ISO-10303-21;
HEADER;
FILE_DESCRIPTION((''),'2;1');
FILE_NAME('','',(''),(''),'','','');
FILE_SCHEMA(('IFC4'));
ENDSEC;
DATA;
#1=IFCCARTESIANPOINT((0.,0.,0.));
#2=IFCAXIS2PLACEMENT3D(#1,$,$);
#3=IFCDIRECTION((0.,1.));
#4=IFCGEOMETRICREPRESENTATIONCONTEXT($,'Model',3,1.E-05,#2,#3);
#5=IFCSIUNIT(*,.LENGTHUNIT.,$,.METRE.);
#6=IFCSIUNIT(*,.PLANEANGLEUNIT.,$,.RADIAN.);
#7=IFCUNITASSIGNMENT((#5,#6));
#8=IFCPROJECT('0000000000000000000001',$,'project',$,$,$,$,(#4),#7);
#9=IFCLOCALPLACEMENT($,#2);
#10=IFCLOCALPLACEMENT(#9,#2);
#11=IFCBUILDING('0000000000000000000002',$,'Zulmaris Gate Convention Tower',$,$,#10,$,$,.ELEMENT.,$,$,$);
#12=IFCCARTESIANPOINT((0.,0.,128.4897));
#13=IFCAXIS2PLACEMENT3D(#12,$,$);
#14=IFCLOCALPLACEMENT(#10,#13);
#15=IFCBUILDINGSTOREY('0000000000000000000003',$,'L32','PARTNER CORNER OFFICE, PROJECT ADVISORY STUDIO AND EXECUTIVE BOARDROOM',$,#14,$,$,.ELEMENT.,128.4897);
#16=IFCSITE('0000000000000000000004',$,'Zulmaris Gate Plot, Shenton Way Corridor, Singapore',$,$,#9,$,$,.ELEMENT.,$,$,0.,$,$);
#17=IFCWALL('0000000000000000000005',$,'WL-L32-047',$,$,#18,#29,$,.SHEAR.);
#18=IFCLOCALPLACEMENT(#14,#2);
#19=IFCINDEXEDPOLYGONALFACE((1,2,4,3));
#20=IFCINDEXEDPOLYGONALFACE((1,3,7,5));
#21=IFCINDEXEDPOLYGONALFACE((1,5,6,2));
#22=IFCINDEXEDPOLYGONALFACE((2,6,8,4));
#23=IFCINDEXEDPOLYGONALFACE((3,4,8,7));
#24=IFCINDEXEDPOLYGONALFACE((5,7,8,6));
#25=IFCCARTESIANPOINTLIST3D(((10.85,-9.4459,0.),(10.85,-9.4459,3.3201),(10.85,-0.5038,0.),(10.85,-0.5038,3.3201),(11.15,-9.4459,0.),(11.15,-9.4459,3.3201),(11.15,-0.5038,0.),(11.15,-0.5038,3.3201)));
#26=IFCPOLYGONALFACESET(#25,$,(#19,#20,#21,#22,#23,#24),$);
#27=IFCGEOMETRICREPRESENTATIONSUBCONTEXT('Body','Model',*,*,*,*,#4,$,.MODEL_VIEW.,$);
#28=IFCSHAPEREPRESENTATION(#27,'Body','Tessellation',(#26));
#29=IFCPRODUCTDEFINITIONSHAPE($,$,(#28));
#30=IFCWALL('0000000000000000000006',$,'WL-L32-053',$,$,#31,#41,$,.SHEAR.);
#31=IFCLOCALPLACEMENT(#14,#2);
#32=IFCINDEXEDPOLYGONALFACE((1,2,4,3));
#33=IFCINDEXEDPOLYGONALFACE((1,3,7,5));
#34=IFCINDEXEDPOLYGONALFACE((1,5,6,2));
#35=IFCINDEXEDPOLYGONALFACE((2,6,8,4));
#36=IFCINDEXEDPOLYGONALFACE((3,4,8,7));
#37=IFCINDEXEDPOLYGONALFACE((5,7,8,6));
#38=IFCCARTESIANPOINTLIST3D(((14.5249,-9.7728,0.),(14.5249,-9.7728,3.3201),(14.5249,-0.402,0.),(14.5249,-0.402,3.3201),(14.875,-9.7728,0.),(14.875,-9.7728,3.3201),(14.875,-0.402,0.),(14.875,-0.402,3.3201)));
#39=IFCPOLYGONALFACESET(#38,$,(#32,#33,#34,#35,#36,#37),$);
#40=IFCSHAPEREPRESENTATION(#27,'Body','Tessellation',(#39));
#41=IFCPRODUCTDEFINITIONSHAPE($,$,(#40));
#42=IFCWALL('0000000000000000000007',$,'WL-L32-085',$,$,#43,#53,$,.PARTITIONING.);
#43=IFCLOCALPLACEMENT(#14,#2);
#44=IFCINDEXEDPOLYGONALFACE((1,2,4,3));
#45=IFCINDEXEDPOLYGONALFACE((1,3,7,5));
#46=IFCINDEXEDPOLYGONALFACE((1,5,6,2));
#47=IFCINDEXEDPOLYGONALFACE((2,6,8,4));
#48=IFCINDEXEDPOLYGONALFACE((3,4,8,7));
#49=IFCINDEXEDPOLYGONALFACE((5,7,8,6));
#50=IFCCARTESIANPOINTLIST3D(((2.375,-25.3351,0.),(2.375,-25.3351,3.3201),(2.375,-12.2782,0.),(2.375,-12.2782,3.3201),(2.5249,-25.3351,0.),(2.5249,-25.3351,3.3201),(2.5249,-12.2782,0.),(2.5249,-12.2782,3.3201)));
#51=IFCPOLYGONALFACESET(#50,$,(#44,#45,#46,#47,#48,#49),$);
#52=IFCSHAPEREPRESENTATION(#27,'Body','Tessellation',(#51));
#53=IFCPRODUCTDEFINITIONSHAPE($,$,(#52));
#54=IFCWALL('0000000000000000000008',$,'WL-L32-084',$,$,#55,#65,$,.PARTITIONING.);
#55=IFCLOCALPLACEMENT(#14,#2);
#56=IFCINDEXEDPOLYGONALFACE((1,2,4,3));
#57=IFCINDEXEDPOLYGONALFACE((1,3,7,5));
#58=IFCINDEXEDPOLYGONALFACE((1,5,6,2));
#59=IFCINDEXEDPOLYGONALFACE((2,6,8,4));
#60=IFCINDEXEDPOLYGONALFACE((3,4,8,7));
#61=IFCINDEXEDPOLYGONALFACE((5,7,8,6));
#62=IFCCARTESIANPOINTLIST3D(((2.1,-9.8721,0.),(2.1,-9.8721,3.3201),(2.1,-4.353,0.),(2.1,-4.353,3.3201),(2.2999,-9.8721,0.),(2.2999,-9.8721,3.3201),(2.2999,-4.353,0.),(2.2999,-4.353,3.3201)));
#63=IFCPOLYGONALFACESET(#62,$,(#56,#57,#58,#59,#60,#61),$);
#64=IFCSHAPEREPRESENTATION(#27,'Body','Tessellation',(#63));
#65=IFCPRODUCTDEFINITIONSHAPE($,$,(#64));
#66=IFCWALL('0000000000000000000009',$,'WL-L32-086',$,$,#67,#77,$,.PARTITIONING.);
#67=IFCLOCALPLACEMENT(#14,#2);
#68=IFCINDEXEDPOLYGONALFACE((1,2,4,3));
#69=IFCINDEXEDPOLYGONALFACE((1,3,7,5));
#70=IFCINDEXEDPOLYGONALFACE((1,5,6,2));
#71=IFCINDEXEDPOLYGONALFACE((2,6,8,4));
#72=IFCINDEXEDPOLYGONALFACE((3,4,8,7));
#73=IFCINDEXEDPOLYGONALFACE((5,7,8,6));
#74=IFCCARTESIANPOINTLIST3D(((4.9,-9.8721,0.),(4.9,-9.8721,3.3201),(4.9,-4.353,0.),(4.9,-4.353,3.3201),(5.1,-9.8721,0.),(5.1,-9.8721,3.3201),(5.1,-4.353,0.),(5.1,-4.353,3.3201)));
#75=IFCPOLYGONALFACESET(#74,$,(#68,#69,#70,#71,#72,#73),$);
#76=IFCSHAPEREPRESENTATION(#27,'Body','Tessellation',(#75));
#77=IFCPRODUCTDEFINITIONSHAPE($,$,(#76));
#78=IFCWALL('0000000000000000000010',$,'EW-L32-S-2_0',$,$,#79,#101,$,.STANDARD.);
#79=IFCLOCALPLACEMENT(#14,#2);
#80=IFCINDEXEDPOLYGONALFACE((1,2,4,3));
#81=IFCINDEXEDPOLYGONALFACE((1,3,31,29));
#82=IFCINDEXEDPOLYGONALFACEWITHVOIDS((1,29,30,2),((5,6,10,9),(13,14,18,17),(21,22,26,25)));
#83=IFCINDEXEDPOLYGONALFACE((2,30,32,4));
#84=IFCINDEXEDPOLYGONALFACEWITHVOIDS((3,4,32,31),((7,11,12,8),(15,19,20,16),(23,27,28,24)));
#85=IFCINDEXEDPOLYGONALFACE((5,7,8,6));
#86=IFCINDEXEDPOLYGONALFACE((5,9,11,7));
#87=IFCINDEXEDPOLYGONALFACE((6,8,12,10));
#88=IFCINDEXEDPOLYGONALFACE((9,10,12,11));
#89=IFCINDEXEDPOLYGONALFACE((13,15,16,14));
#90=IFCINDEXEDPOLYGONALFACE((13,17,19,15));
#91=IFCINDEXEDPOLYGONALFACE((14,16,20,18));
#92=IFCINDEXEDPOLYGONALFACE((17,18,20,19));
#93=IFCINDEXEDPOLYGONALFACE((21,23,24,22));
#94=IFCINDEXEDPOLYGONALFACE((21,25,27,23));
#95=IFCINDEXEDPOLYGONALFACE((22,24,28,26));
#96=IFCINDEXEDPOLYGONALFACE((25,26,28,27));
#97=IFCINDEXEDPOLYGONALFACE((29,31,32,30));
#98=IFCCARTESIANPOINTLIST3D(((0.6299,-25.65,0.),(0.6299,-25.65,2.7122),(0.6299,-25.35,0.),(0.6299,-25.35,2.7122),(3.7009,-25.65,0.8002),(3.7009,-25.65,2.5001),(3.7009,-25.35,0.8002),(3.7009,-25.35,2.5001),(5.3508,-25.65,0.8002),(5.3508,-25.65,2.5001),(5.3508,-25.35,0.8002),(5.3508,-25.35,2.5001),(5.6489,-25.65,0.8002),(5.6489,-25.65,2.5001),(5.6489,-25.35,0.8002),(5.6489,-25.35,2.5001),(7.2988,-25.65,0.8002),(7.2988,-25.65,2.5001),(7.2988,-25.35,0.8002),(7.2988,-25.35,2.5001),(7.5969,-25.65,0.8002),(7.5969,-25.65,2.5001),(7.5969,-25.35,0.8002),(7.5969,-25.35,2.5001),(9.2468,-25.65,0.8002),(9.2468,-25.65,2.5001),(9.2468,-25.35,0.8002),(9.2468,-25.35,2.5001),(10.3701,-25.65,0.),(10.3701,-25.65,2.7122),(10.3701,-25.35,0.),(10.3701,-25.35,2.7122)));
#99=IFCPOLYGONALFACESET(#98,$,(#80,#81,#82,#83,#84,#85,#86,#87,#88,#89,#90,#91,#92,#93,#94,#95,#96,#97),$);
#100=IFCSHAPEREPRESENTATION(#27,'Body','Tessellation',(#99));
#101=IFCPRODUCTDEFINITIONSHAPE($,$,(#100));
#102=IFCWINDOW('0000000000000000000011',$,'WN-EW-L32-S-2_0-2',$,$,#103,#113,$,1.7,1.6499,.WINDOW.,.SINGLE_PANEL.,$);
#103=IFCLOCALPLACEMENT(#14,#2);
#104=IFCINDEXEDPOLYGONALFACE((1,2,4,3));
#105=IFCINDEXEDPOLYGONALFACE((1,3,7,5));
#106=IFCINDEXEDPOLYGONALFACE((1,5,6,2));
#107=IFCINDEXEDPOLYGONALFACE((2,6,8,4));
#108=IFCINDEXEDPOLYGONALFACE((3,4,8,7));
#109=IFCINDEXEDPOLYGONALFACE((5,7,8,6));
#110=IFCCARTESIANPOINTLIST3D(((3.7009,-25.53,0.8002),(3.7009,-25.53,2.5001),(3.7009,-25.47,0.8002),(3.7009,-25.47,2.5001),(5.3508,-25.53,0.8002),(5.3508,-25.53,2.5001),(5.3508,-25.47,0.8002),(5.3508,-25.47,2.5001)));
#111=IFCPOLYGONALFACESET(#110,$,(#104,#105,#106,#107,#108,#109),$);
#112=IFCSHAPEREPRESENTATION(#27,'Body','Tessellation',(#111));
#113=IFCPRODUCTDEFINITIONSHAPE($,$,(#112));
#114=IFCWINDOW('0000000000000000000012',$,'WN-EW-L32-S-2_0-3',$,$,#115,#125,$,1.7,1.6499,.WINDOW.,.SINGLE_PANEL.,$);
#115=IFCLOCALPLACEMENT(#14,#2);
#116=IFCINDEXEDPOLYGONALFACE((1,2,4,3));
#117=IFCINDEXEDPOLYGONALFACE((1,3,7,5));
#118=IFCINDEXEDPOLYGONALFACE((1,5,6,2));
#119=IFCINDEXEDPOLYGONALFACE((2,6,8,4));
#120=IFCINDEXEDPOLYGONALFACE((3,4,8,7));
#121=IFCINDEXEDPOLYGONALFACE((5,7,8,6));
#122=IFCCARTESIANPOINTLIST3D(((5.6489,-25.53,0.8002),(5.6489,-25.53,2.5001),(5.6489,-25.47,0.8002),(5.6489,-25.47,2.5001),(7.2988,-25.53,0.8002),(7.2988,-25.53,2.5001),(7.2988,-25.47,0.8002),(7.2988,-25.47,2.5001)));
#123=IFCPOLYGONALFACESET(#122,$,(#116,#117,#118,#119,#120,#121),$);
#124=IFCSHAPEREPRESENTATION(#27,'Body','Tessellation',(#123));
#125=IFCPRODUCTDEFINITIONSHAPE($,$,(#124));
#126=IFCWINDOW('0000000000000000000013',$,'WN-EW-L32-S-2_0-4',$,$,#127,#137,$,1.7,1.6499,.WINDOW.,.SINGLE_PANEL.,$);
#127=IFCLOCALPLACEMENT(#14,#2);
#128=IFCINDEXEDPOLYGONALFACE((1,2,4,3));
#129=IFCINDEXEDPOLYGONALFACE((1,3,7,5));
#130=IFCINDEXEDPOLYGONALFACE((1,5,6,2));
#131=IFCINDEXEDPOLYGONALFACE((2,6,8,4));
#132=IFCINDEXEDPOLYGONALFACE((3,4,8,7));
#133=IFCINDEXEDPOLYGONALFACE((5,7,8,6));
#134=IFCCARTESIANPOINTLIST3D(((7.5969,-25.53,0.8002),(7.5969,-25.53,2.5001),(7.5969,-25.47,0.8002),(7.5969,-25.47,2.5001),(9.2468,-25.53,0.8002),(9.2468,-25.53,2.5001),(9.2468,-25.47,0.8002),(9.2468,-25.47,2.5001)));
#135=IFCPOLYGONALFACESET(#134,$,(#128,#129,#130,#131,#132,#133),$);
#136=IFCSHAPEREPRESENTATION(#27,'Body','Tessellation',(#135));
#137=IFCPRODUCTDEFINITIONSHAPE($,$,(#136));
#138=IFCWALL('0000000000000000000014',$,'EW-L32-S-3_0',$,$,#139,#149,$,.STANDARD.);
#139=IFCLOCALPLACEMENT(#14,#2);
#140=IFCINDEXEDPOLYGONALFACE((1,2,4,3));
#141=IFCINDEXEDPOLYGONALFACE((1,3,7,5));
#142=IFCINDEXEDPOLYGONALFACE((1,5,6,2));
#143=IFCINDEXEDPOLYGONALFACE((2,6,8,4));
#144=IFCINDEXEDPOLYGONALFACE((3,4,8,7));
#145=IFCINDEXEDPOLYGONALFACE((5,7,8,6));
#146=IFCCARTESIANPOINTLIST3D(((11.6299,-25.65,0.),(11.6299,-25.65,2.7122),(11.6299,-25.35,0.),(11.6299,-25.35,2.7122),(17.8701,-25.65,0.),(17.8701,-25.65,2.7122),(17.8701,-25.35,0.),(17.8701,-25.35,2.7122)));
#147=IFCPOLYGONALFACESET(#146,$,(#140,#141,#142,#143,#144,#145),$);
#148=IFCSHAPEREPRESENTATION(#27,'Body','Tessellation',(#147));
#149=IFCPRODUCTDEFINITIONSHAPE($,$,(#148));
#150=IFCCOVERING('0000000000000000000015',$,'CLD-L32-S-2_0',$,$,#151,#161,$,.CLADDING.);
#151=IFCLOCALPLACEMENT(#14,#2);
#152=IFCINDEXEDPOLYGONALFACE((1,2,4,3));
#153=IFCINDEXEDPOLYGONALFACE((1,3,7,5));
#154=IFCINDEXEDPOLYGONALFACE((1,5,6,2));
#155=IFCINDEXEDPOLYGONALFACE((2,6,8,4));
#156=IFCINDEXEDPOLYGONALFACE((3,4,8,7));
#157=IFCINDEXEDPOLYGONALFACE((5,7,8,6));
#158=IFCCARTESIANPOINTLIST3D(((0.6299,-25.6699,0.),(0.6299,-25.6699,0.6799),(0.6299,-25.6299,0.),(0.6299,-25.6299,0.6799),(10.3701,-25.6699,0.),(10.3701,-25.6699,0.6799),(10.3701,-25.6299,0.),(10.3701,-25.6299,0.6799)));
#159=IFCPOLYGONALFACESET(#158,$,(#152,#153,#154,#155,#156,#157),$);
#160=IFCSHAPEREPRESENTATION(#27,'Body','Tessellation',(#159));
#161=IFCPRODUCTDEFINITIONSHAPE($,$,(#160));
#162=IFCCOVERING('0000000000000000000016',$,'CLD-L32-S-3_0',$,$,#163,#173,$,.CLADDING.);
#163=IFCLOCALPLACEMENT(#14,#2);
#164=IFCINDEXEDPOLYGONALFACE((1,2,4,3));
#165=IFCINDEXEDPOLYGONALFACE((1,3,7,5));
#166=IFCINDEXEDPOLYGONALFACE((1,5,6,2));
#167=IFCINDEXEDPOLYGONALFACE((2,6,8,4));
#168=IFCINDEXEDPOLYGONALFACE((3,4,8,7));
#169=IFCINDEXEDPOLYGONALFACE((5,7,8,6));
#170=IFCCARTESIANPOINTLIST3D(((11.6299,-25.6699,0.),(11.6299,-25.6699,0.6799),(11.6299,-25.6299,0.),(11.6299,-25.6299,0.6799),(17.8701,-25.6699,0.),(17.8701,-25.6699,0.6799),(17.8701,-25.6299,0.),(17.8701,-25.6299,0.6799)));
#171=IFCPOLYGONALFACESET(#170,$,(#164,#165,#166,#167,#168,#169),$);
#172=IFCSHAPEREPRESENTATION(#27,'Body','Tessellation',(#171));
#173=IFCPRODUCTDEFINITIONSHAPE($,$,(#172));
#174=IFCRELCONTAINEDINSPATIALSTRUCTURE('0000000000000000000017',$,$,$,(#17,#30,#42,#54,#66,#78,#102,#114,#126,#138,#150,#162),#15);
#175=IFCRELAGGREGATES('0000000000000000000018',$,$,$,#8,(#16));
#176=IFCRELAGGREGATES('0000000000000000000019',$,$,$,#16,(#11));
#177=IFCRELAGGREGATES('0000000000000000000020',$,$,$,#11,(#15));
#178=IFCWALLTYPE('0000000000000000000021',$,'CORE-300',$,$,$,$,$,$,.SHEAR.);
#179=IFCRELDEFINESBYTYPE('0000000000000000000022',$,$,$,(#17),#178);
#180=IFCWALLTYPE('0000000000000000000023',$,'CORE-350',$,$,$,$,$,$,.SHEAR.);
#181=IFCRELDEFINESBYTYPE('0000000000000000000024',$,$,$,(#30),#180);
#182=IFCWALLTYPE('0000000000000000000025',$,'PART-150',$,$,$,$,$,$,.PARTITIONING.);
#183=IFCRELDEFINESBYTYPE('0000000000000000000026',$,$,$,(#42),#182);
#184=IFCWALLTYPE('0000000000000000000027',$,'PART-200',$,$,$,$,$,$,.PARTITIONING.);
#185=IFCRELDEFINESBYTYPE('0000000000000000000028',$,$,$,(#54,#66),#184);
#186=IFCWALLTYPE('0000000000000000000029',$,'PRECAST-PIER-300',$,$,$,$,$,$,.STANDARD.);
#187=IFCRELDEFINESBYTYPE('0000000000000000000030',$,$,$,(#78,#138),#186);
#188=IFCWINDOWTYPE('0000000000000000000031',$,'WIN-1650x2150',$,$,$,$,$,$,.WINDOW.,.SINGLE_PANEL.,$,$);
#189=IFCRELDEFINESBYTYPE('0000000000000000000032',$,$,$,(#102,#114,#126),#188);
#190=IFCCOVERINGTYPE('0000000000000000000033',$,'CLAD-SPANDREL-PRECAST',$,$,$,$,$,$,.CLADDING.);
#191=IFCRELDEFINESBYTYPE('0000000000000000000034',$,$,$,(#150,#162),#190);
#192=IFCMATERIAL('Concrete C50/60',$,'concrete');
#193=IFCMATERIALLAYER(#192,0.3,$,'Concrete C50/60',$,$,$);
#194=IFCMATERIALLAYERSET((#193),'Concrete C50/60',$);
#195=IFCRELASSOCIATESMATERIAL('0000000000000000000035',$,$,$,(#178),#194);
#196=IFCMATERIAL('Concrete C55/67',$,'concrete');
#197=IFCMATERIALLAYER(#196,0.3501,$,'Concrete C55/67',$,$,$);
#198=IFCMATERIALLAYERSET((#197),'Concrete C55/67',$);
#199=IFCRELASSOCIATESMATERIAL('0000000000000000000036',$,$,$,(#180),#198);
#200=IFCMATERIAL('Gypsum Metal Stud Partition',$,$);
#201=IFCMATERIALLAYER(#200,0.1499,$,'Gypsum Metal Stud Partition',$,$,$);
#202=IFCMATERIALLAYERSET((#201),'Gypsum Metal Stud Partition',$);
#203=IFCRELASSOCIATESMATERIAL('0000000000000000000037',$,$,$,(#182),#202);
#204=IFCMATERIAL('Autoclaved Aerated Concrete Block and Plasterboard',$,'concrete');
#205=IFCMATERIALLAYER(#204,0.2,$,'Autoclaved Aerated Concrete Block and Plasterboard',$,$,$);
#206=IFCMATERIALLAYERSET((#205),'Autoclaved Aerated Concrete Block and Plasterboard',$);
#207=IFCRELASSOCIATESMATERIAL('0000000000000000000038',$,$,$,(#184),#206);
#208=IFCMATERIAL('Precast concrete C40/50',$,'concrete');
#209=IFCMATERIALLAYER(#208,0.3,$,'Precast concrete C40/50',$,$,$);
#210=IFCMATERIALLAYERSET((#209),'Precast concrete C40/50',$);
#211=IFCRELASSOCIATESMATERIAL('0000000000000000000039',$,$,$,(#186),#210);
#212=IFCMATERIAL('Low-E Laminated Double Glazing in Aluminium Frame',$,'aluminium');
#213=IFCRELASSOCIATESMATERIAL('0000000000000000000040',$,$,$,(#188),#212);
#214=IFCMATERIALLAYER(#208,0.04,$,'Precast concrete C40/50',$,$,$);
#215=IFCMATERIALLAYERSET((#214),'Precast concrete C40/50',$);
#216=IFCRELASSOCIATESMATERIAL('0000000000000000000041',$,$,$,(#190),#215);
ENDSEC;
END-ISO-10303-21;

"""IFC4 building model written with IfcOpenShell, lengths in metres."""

from ifc_helpers import new_model, si_unit, direction, frame, frame_2d, origin, place, context, subcontext, project, spatial, rectangle, extrude, material, layer, layer_set, type_object, element, fill, save


model = new_model("IFC4")

# Units and contexts
model_context = context("Model", 3, precision=1e-05, world=origin(), true_north=direction((0.0, 1.0)))
body_context = subcontext(model_context, "Body", "Model", "MODEL_VIEW")
ifc_project = project(units=[si_unit("LENGTHUNIT", "METRE"), si_unit("PLANEANGLEUNIT", "RADIAN")], contexts=[model_context])

# Site, building, storey
site_placement = place(None, origin())
site = spatial("IfcSite", under=ifc_project, at=site_placement, Name="Zulmaris Gate Plot, Shenton Way Corridor, Singapore", CompositionType="ELEMENT", RefElevation=0.0)
building_placement = place(site_placement, origin())
building = spatial("IfcBuilding", under=site, at=building_placement, Name="Zulmaris Gate Convention Tower", CompositionType="ELEMENT")
storey_placement = place(building_placement, frame((0.0, 0.0, 128.4897)))
storey = spatial("IfcBuildingStorey", under=building, at=storey_placement, Name="L32", Description="PARTNER CORNER OFFICE, PROJECT ADVISORY STUDIO AND EXECUTIVE BOARDROOM", CompositionType="ELEMENT", Elevation=128.4897)

# Wall
ifc_material_1 = material(Name="Concrete C50/60", Category="concrete")
ifc_layer_1 = layer(ifc_material_1, 0.3, Name="Concrete C50/60")
ifc_layer_set_1 = layer_set([ifc_layer_1], Name="Concrete C50/60")
wall_type_1 = type_object("IfcWallType", Name="CORE-300", PredefinedType="SHEAR", material=ifc_layer_set_1)
wall_1_placement = place(storey_placement, frame((11.0, -9.446, 0.0), z_axis=(0.0, 0.0, 1.0), x_axis=(0.0, 1.0, 0.0)))
element("IfcWall", 1, at=wall_1_placement, inside=storey, type_object=wall_type_1, Name="WL-L32-047", PredefinedType="SHEAR", context=body_context, shape_type="SweptSolid", body=[
    extrude(rectangle(XDim=8.9421, YDim=0.3, at=frame_2d((4.4712, 0.0))), origin(), (0.0, 0.0, 1.0), 3.3201),
])

# Shared definitions
ifc_material_2 = material(Name="Concrete C55/67", Category="concrete")
ifc_layer_2 = layer(ifc_material_2, 0.3501, Name="Concrete C55/67")
ifc_layer_set_2 = layer_set([ifc_layer_2], Name="Concrete C55/67")
wall_type_2 = type_object("IfcWallType", Name="CORE-350", PredefinedType="SHEAR", material=ifc_layer_set_2)

# Walls
wall_2_placement = place(storey_placement, frame((14.7, -9.7729, 0.0), z_axis=(0.0, 0.0, 1.0), x_axis=(0.0, 1.0, 0.0)))
element("IfcWall", 2, at=wall_2_placement, inside=storey, type_object=wall_type_2, Name="WL-L32-053", PredefinedType="SHEAR", context=body_context, shape_type="SweptSolid", body=[
    extrude(rectangle(XDim=9.3708, YDim=0.3501, at=frame_2d((4.6855, 0.0))), origin(), (0.0, 0.0, 1.0), 3.3201),
])
ifc_material_3 = material(Name="Gypsum Metal Stud Partition")
ifc_layer_3 = layer(ifc_material_3, 0.1499, Name="Gypsum Metal Stud Partition")
ifc_layer_set_3 = layer_set([ifc_layer_3], Name="Gypsum Metal Stud Partition")
wall_type_3 = type_object("IfcWallType", Name="PART-150", PredefinedType="PARTITIONING", material=ifc_layer_set_3)
wall_3_placement = place(storey_placement, frame((2.45, -25.335, 0.0), z_axis=(0.0, 0.0, 1.0), x_axis=(0.0, 1.0, 0.0)))
element("IfcWall", 3, at=wall_3_placement, inside=storey, type_object=wall_type_3, Name="WL-L32-085", PredefinedType="PARTITIONING", context=body_context, shape_type="SweptSolid", body=[
    extrude(rectangle(XDim=13.0569, YDim=0.1499, at=frame_2d((6.5283, 0.0))), origin(), (0.0, 0.0, 1.0), 3.3201),
])
ifc_material_4 = material(Name="Autoclaved Aerated Concrete Block and Plasterboard", Category="concrete")
ifc_layer_4 = layer(ifc_material_4, 0.2, Name="Autoclaved Aerated Concrete Block and Plasterboard")
ifc_layer_set_4 = layer_set([ifc_layer_4], Name="Autoclaved Aerated Concrete Block and Plasterboard")
wall_type_4 = type_object("IfcWallType", Name="PART-200", PredefinedType="PARTITIONING", material=ifc_layer_set_4)
for number, where, z_axis, x_axis, name in (
    (4, (2.2, -9.8721, 0.0), (0.0, 0.0, 1.0), (0.0, 1.0, 0.0), "WL-L32-084"),
    (5, (5.0, -9.8721, 0.0), (0.0, 0.0, 1.0), (0.0, 1.0, 0.0), "WL-L32-086"),
):
    element("IfcWall", number, at=place(storey_placement, frame(where, z_axis=z_axis, x_axis=x_axis)), inside=storey, type_object=wall_type_4, Name=name, PredefinedType="PARTITIONING", context=body_context, shape_type="SweptSolid", body=[
        extrude(rectangle(XDim=5.519, YDim=0.2, at=frame_2d((2.7595, 0.0))), origin(), (0.0, 0.0, 1.0), 3.3201),
    ])

# Wall, openings, windows
ifc_material_5 = material(Name="Precast concrete C40/50", Category="concrete")
ifc_layer_5 = layer(ifc_material_5, 0.3, Name="Precast concrete C40/50")
ifc_layer_set_5 = layer_set([ifc_layer_5], Name="Precast concrete C40/50")
wall_type_5 = type_object("IfcWallType", Name="PRECAST-PIER-300", PredefinedType="STANDARD", material=ifc_layer_set_5)
wall_4_placement = place(storey_placement, frame((0.6299, -25.5, 0.0), z_axis=(0.0, 0.0, 1.0), x_axis=(1.0, 0.0, 0.0)))
wall_4 = element("IfcWall", 6, at=wall_4_placement, inside=storey, type_object=wall_type_5, Name="EW-L32-S-2_0", PredefinedType="STANDARD", context=body_context, shape_type="SweptSolid", body=[
    extrude(rectangle(XDim=9.7402, YDim=0.3, at=frame_2d((4.8701, 0.0))), origin(), (0.0, 0.0, 1.0), 2.7122),
])
opening_1_placement = place(wall_4_placement, frame((3.071, 0.0, 0.8)))
opening_1 = element("IfcOpeningElement", 7, at=opening_1_placement, cuts=wall_4, PredefinedType="OPENING", context=body_context, shape_type="SweptSolid", body=[
    extrude(rectangle(XDim=1.6499, YDim=1.7, at=frame_2d((0.825, 0.8501))), frame((0.0, 0.1602, 0.0), z_axis=(0.0, -1.0, 0.0), x_axis=(1.0, 0.0, 0.0)), (0.0, 0.0, 1.0), 0.3201),
])
opening_2_placement = place(wall_4_placement, frame((5.019, 0.0, 0.8)))
opening_2 = element("IfcOpeningElement", 8, at=opening_2_placement, cuts=wall_4, PredefinedType="OPENING", context=body_context, shape_type="SweptSolid", body=[
    extrude(rectangle(XDim=1.6499, YDim=1.7, at=frame_2d((0.825, 0.8501))), frame((0.0, 0.1602, 0.0), z_axis=(0.0, -1.0, 0.0), x_axis=(1.0, 0.0, 0.0)), (0.0, 0.0, 1.0), 0.3201),
])
opening_3_placement = place(wall_4_placement, frame((6.967, 0.0, 0.8)))
opening_3 = element("IfcOpeningElement", 9, at=opening_3_placement, cuts=wall_4, PredefinedType="OPENING", context=body_context, shape_type="SweptSolid", body=[
    extrude(rectangle(XDim=1.6499, YDim=1.7, at=frame_2d((0.825, 0.8501))), frame((0.0, 0.1602, 0.0), z_axis=(0.0, -1.0, 0.0), x_axis=(1.0, 0.0, 0.0)), (0.0, 0.0, 1.0), 0.3201),
])
ifc_material_6 = material(Name="Low-E Laminated Double Glazing in Aluminium Frame", Category="aluminium")
window_type = type_object("IfcWindowType", Name="WIN-1650x2150", PartitioningType="SINGLE_PANEL", PredefinedType="WINDOW", material=ifc_material_6)
window_1_placement = place(opening_1_placement, origin())
window_1 = element("IfcWindow", 10, at=window_1_placement, inside=storey, type_object=window_type, Name="WN-EW-L32-S-2_0-2", OverallHeight=1.7, OverallWidth=1.6499, PartitioningType="SINGLE_PANEL", PredefinedType="WINDOW", context=body_context, shape_type="SweptSolid", body=[
    extrude(rectangle(XDim=1.6499, YDim=1.7, at=frame_2d((0.825, 0.8501))), frame((0.0, 0.03, 0.0), z_axis=(0.0, -1.0, 0.0), x_axis=(1.0, 0.0, 0.0)), (0.0, 0.0, 1.0), 0.0601),
])
fill(opening_1, window_1)
window_2_placement = place(opening_2_placement, origin())
window_2 = element("IfcWindow", 11, at=window_2_placement, inside=storey, type_object=window_type, Name="WN-EW-L32-S-2_0-3", OverallHeight=1.7, OverallWidth=1.6499, PartitioningType="SINGLE_PANEL", PredefinedType="WINDOW", context=body_context, shape_type="SweptSolid", body=[
    extrude(rectangle(XDim=1.6499, YDim=1.7, at=frame_2d((0.825, 0.8501))), frame((0.0, 0.03, 0.0), z_axis=(0.0, -1.0, 0.0), x_axis=(1.0, 0.0, 0.0)), (0.0, 0.0, 1.0), 0.0601),
])
fill(opening_2, window_2)
window_3_placement = place(opening_3_placement, origin())
window_3 = element("IfcWindow", 12, at=window_3_placement, inside=storey, type_object=window_type, Name="WN-EW-L32-S-2_0-4", OverallHeight=1.7, OverallWidth=1.6499, PartitioningType="SINGLE_PANEL", PredefinedType="WINDOW", context=body_context, shape_type="SweptSolid", body=[
    extrude(rectangle(XDim=1.6499, YDim=1.7, at=frame_2d((0.825, 0.8501))), frame((0.0, 0.03, 0.0), z_axis=(0.0, -1.0, 0.0), x_axis=(1.0, 0.0, 0.0)), (0.0, 0.0, 1.0), 0.0601),
])
fill(opening_3, window_3)

# Wall
wall_5_placement = place(storey_placement, frame((11.6299, -25.5, 0.0), z_axis=(0.0, 0.0, 1.0), x_axis=(1.0, 0.0, 0.0)))
element("IfcWall", 13, at=wall_5_placement, inside=storey, type_object=wall_type_5, Name="EW-L32-S-3_0", PredefinedType="STANDARD", context=body_context, shape_type="SweptSolid", body=[
    extrude(rectangle(XDim=6.2402, YDim=0.3, at=frame_2d((3.1201, 0.0))), origin(), (0.0, 0.0, 1.0), 2.7122),
])

# Coverings
ifc_layer_6 = layer(ifc_material_5, 0.04, Name="Precast concrete C40/50")
ifc_layer_set_6 = layer_set([ifc_layer_6], Name="Precast concrete C40/50")
covering_type = type_object("IfcCoveringType", Name="CLAD-SPANDREL-PRECAST", PredefinedType="CLADDING", material=ifc_layer_set_6)
covering_1_placement = place(storey_placement, frame((0.6299, -25.6499, 0.0), z_axis=(0.0, 0.0, 1.0), x_axis=(1.0, 0.0, 0.0)))
element("IfcCovering", 14, at=covering_1_placement, inside=storey, type_object=covering_type, Name="CLD-L32-S-2_0", PredefinedType="CLADDING", context=body_context, shape_type="SweptSolid", body=[
    extrude(rectangle(XDim=9.7402, YDim=0.04, at=frame_2d((4.8701, 0.0))), origin(), (0.0, 0.0, 1.0), 0.6799),
])
covering_2_placement = place(storey_placement, frame((11.6299, -25.6499, 0.0), z_axis=(0.0, 0.0, 1.0), x_axis=(1.0, 0.0, 0.0)))
element("IfcCovering", 15, at=covering_2_placement, inside=storey, type_object=covering_type, Name="CLD-L32-S-3_0", PredefinedType="CLADDING", context=body_context, shape_type="SweptSolid", body=[
    extrude(rectangle(XDim=6.2402, YDim=0.04, at=frame_2d((3.1201, 0.0))), origin(), (0.0, 0.0, 1.0), 0.6799),
])

save(model, "model.ifc")
